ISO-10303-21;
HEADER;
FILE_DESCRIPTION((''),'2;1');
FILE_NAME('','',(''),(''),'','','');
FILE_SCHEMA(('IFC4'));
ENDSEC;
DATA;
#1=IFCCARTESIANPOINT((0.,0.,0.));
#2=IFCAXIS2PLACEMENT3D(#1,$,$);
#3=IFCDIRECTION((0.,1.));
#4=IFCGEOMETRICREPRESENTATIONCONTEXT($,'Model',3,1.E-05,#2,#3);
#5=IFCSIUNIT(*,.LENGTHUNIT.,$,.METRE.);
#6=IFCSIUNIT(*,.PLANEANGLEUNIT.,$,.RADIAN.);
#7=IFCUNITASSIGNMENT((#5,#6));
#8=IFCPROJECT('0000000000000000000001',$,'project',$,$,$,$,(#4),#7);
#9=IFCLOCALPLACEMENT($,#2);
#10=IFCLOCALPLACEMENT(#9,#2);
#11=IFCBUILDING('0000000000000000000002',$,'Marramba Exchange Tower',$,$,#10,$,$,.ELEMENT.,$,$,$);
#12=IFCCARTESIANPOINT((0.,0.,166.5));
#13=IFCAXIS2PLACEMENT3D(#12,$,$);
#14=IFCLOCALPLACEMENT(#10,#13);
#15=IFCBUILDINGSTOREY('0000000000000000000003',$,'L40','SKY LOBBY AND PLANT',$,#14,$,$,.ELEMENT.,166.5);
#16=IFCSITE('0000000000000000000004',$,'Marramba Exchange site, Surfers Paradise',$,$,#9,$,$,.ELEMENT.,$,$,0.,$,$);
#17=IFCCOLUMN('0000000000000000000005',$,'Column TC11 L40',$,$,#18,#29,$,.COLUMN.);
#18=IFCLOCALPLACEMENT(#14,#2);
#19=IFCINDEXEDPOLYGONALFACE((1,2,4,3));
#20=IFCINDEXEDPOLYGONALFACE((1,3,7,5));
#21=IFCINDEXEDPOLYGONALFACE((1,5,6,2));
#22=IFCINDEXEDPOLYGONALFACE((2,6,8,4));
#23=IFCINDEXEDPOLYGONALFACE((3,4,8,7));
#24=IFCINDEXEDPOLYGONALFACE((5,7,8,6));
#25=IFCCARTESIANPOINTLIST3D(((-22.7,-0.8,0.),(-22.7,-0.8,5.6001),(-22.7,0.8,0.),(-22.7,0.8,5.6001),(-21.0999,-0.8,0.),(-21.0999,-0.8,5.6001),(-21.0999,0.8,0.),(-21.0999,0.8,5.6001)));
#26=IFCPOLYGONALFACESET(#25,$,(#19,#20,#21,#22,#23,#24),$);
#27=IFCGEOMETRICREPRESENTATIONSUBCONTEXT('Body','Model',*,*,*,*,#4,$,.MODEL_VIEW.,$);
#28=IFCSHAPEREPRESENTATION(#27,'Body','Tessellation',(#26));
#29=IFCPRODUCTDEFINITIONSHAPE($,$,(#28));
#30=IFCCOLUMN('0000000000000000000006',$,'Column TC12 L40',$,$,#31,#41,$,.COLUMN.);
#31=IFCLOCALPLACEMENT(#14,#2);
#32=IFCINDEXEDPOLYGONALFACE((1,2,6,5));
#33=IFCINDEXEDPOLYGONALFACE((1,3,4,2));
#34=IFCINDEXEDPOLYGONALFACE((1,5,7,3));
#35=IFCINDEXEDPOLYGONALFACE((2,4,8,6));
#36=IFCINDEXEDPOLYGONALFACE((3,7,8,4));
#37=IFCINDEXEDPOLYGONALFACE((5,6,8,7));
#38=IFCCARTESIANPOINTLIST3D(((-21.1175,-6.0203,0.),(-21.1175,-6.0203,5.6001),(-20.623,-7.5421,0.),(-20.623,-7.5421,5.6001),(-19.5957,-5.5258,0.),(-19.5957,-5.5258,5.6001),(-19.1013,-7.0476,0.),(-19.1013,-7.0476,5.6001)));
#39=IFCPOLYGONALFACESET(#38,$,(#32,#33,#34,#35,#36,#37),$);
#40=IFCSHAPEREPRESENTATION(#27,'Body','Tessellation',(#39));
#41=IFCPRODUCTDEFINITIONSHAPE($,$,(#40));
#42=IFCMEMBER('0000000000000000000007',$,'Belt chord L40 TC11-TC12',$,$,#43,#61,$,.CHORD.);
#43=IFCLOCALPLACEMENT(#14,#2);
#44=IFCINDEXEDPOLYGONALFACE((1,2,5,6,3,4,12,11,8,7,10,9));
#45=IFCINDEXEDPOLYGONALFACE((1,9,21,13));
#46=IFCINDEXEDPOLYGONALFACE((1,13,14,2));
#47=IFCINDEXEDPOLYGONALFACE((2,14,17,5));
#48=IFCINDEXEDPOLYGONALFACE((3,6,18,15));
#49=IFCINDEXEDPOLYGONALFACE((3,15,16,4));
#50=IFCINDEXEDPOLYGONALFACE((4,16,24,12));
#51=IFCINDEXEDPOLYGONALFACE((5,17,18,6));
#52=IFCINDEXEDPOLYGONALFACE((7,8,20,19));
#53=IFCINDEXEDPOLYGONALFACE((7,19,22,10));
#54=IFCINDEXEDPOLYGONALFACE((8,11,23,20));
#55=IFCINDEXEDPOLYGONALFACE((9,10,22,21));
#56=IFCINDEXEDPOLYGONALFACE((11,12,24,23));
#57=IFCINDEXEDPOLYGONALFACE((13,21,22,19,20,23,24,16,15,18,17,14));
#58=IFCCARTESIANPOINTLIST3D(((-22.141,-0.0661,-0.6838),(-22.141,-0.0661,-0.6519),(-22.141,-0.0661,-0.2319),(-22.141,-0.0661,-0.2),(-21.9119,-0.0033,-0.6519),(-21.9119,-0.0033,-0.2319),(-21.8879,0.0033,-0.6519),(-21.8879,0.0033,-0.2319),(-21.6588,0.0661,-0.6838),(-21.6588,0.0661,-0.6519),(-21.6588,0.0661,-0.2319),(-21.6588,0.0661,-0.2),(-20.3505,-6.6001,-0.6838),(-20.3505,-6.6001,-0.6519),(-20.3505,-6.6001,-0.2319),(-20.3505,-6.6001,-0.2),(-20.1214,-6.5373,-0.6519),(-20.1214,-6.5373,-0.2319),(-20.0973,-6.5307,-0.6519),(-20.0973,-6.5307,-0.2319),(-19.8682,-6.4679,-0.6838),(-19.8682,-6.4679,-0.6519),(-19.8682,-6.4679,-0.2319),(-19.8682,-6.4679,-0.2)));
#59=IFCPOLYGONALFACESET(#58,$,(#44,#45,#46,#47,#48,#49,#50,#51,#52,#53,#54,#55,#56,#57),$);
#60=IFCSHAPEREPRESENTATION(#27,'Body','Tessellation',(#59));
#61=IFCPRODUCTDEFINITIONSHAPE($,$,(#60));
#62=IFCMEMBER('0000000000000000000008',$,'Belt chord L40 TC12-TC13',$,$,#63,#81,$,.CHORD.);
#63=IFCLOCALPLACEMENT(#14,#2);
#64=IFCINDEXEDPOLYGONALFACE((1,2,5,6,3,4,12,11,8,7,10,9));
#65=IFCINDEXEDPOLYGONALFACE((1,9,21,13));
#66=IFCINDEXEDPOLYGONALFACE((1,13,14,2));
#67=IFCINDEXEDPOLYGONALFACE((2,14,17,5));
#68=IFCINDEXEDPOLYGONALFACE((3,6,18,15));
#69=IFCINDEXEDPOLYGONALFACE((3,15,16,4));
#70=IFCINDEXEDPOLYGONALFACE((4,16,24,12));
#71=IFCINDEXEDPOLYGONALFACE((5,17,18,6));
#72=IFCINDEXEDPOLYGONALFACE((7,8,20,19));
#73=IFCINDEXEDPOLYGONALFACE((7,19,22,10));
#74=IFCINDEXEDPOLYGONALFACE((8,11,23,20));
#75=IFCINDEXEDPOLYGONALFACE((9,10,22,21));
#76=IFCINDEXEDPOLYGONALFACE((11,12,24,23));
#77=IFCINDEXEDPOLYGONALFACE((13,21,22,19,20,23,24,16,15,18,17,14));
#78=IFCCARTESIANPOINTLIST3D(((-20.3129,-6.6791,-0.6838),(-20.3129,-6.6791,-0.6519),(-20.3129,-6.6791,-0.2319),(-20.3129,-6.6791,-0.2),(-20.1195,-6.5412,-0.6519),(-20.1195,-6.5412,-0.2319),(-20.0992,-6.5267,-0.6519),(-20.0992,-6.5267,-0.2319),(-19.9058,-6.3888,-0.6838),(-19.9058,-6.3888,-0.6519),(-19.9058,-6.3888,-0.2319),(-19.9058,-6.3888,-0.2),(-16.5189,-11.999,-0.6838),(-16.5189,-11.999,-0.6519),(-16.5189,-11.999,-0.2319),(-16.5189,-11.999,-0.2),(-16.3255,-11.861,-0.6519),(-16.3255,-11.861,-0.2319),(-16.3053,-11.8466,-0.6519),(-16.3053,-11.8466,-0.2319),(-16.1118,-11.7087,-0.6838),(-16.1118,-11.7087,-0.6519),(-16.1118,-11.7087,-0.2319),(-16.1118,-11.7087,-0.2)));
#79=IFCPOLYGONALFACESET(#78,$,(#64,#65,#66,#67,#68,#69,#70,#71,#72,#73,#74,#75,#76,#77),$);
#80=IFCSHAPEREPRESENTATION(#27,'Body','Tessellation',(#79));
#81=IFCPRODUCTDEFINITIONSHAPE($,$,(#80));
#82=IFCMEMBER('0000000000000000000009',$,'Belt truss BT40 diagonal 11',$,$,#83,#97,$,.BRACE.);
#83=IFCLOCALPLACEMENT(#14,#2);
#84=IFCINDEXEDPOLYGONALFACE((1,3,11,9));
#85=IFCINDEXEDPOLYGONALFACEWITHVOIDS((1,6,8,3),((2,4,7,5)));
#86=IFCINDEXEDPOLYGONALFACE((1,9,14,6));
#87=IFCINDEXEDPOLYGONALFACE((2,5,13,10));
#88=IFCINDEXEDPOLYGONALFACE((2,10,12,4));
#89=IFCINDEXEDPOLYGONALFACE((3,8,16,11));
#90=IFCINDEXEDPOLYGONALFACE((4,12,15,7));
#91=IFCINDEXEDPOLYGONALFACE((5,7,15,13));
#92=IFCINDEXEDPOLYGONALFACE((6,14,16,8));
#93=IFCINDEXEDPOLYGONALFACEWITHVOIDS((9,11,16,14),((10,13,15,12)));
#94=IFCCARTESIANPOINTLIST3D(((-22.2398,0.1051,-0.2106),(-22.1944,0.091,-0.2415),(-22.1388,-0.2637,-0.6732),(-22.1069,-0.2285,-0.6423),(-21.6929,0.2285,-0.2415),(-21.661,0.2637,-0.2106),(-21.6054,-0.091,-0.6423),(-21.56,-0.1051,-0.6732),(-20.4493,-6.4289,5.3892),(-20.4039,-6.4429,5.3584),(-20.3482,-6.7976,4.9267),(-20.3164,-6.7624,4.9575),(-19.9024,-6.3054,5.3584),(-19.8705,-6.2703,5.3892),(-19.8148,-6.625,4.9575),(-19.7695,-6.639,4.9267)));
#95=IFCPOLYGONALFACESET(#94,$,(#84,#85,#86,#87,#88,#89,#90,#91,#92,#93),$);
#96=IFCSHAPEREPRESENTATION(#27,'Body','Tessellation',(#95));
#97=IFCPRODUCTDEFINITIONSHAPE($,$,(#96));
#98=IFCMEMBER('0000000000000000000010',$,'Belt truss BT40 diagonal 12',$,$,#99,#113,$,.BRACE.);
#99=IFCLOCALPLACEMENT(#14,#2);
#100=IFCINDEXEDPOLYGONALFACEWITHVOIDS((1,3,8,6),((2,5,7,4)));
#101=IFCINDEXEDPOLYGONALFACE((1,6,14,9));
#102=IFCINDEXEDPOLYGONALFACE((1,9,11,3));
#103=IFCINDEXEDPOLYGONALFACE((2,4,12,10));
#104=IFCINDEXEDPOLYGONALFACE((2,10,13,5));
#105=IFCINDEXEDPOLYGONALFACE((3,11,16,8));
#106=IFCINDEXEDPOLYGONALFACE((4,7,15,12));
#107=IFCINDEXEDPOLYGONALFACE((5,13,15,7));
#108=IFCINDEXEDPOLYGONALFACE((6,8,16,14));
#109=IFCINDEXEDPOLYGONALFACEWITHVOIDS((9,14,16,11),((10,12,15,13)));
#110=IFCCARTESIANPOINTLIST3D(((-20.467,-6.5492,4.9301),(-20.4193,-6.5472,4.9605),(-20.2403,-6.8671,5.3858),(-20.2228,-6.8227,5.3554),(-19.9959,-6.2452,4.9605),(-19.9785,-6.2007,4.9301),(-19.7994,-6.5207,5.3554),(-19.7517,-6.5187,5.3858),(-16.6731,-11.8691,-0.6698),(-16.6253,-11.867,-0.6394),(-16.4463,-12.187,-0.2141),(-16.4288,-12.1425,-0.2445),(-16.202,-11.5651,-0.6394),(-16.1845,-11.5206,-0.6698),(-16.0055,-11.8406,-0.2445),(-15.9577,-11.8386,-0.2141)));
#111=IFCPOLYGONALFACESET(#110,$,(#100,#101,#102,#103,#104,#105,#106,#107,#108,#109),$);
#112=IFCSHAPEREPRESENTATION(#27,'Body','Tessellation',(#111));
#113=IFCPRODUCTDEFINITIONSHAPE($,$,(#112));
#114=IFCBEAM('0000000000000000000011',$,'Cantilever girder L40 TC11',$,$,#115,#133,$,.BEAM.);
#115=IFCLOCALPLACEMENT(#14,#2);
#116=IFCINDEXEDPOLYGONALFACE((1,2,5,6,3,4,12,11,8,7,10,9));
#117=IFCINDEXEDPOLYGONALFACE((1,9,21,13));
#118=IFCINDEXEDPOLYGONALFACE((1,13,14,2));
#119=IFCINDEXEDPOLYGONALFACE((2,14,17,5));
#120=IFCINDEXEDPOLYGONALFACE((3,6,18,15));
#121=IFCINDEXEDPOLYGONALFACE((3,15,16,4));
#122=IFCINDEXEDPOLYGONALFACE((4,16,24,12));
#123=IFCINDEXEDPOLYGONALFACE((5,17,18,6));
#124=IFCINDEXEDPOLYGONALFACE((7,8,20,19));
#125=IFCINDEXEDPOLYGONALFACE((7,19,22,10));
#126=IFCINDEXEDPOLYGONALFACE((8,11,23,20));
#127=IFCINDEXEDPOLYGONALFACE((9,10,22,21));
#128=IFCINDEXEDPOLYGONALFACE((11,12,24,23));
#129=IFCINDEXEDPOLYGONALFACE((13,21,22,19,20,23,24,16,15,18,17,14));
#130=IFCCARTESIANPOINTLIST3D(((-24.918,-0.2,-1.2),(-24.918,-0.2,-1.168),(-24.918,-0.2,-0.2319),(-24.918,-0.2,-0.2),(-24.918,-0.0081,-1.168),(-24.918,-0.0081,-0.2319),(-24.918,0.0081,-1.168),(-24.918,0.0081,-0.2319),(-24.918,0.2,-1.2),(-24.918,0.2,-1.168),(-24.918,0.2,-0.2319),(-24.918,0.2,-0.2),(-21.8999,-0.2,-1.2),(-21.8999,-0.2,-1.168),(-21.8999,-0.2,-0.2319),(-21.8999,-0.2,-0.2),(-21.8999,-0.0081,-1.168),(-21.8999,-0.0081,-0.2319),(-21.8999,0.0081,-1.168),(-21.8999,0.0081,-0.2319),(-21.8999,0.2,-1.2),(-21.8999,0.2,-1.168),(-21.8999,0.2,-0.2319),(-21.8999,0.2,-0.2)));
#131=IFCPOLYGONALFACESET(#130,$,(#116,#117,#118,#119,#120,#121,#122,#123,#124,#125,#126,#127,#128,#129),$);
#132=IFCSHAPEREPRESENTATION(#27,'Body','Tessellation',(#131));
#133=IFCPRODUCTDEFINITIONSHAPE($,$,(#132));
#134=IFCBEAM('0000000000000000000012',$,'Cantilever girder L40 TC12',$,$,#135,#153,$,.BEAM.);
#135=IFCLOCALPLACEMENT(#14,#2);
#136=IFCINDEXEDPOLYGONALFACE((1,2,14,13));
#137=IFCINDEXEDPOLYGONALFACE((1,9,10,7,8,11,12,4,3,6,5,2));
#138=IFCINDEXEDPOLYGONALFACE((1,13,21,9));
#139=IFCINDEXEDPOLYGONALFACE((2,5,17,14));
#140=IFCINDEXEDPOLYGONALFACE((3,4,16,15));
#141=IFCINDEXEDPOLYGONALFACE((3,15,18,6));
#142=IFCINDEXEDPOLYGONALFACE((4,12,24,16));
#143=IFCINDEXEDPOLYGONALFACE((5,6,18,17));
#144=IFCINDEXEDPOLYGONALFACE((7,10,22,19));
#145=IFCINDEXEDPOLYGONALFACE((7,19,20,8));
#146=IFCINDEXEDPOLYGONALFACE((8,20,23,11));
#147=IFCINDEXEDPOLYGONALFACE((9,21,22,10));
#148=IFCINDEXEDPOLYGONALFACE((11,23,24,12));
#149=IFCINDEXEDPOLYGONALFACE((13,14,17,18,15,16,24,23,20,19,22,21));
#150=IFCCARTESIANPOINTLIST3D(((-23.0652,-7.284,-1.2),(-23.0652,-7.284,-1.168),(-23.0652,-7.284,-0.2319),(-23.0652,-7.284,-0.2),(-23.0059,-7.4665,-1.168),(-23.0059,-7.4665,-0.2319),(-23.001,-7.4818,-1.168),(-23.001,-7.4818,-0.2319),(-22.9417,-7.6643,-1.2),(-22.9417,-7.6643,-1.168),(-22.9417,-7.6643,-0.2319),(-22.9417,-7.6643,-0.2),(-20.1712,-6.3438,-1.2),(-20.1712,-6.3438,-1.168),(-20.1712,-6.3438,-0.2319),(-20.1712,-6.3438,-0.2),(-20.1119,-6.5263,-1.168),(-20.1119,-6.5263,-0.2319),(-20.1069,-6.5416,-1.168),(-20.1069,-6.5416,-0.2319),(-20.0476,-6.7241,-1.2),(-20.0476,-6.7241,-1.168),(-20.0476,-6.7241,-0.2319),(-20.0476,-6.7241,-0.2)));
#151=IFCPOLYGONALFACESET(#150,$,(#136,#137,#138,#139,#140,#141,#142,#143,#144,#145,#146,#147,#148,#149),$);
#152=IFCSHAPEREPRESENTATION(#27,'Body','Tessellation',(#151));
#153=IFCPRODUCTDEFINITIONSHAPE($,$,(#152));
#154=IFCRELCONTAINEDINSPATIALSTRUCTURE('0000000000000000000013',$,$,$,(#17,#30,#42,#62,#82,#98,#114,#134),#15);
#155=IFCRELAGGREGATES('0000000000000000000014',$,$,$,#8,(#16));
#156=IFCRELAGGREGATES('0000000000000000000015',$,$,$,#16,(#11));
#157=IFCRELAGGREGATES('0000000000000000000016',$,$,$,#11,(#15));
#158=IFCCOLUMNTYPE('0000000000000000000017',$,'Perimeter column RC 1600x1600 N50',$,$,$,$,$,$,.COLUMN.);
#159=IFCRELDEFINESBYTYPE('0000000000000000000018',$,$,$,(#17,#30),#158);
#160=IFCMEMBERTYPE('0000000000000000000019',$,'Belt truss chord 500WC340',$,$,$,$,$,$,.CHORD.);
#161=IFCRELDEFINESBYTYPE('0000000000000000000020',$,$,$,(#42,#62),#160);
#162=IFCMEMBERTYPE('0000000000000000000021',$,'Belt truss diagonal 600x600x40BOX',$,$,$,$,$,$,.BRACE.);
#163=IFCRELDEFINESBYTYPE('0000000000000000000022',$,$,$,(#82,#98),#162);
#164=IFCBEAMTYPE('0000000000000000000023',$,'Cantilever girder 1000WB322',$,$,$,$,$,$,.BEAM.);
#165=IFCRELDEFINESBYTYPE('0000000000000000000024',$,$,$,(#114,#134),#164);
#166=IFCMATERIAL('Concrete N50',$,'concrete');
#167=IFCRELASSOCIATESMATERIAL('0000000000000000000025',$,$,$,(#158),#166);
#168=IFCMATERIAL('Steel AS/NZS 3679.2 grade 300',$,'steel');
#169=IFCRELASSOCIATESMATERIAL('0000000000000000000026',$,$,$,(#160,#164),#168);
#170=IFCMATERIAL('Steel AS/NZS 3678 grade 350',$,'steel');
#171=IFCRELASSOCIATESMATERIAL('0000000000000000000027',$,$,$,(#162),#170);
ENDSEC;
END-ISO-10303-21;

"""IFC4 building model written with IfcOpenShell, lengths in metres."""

from ifc_helpers import new_model, si_unit, direction, frame, origin, origin_2d, place, context, subcontext, project, spatial, rectangle, hollow_rectangle, i_section, extrude, material, material_profile, profile_set, type_object, element, save


model = new_model("IFC4")

# Units and contexts
model_context = context("Model", 3, precision=1e-05, world=origin(), true_north=direction((0.0, 1.0)))
body_context = subcontext(model_context, "Body", "Model", "MODEL_VIEW")
ifc_project = project(units=[si_unit("LENGTHUNIT", "METRE"), si_unit("PLANEANGLEUNIT", "RADIAN")], contexts=[model_context])

# Site, building, storey
site_placement = place(None, origin())
site = spatial("IfcSite", under=ifc_project, at=site_placement, Name="Marramba Exchange site, Surfers Paradise", CompositionType="ELEMENT", RefElevation=0.0)
building_placement = place(site_placement, origin())
building = spatial("IfcBuilding", under=site, at=building_placement, Name="Marramba Exchange Tower", CompositionType="ELEMENT")
storey_placement = place(building_placement, frame((0.0, 0.0, 166.5)))
storey = spatial("IfcBuildingStorey", under=building, at=storey_placement, Name="L40", Description="SKY LOBBY AND PLANT", CompositionType="ELEMENT", Elevation=166.5)

# Columns
ifc_material_1 = material(Name="Concrete N50", Category="concrete")
ifc_material_profile_1 = material_profile(ifc_material_1, rectangle(XDim=1.6001, YDim=1.6001, at=origin_2d()), Name="RC 1600x1600")
ifc_profile_set_1 = profile_set([ifc_material_profile_1], Name="Concrete N50")
column_type = type_object("IfcColumnType", Name="Perimeter column RC 1600x1600 N50", PredefinedType="COLUMN", material=ifc_profile_set_1)
for number, where, z_axis, x_axis, name in (
    (1, (-21.8999, 0.0, 0.0), (0.0, 0.0, 1.0), (-1.0, 0.0, 0.0), "Column TC11 L40"),
    (2, (-20.1094, -6.5339, 0.0), (0.0, 0.0, 1.0), (-0.951057, -0.309017, 0.0), "Column TC12 L40"),
):
    element("IfcColumn", number, at=place(storey_placement, frame(where, z_axis=z_axis, x_axis=x_axis)), inside=storey, type_object=column_type, Name=name, PredefinedType="COLUMN", context=body_context, shape_type="SweptSolid", body=[
        extrude(rectangle(XDim=1.6001, YDim=1.6001, at=origin_2d()), origin(), (0.0, 0.0, 1.0), 5.6001),
    ])

# Members
ifc_material_2 = material(Name="Steel AS/NZS 3679.2 grade 300", Category="steel")
ifc_material_profile_2 = material_profile(ifc_material_2, i_section(OverallWidth=0.5, OverallDepth=0.4839, WebThickness=0.0249, FlangeThickness=0.032, at=origin_2d()), Name="500WC340")
ifc_profile_set_2 = profile_set([ifc_material_profile_2], Name="Steel AS/NZS 3679.2 grade 300")
member_type_1 = type_object("IfcMemberType", Name="Belt truss chord 500WC340", PredefinedType="CHORD", material=ifc_profile_set_2)
member_1_placement = place(storey_placement, frame((-21.8999, 0.0, -0.4419), z_axis=(0.264291, -0.964443, 0.0), x_axis=(0.964443, 0.264291, 0.0)))
element("IfcMember", 3, at=member_1_placement, inside=storey, type_object=member_type_1, Name="Belt chord L40 TC11-TC12", PredefinedType="CHORD", context=body_context, shape_type="SweptSolid", body=[
    extrude(i_section(OverallWidth=0.5, OverallDepth=0.4839, WebThickness=0.0249, FlangeThickness=0.032, at=origin_2d()), origin(), (0.0, 0.0, 1.0), 6.7749),
])
member_2_placement = place(storey_placement, frame((-20.1094, -6.5339, -0.4419), z_axis=(0.580637, -0.814162, 0.0), x_axis=(0.814162, 0.580637, 0.0)))
element("IfcMember", 4, at=member_2_placement, inside=storey, type_object=member_type_1, Name="Belt chord L40 TC12-TC13", PredefinedType="CHORD", context=body_context, shape_type="SweptSolid", body=[
    extrude(i_section(OverallWidth=0.5, OverallDepth=0.4839, WebThickness=0.0249, FlangeThickness=0.032, at=origin_2d()), origin(), (0.0, 0.0, 1.0), 6.5342),
])
ifc_material_3 = material(Name="Steel AS/NZS 3678 grade 350", Category="steel")
ifc_material_profile_3 = material_profile(ifc_material_3, hollow_rectangle(XDim=0.6001, YDim=0.6001, WallThickness=0.04, at=origin_2d()), Name="600x600x40BOX")
ifc_profile_set_3 = profile_set([ifc_material_profile_3], Name="Steel AS/NZS 3678 grade 350")
member_type_2 = type_object("IfcMemberType", Name="Belt truss diagonal 600x600x40BOX", PredefinedType="BRACE", material=ifc_profile_set_3)
member_3_placement = place(storey_placement, frame((-21.8999, 0.0, -0.4419), z_axis=(0.20371, -0.743373, 0.637102), x_axis=(0.964443, 0.264291, 0.0)))
element("IfcMember", 5, at=member_3_placement, inside=storey, type_object=member_type_2, Name="Belt truss BT40 diagonal 11", PredefinedType="BRACE", context=body_context, shape_type="SweptSolid", body=[
    extrude(hollow_rectangle(XDim=0.6001, YDim=0.6001, WallThickness=0.04, at=origin_2d()), origin(), (0.0, 0.0, 1.0), 8.7896),
])
member_4_placement = place(storey_placement, frame((-20.1094, -6.5339, 5.158), z_axis=(0.44088, -0.618196, -0.650737), x_axis=(0.814162, 0.580637, 0.0)))
element("IfcMember", 6, at=member_4_placement, inside=storey, type_object=member_type_2, Name="Belt truss BT40 diagonal 12", PredefinedType="BRACE", context=body_context, shape_type="SweptSolid", body=[
    extrude(hollow_rectangle(XDim=0.6001, YDim=0.6001, WallThickness=0.04, at=origin_2d()), origin(), (0.0, 0.0, 1.0), 8.6055),
])

# Beams
ifc_material_profile_4 = material_profile(ifc_material_2, i_section(OverallWidth=0.3999, OverallDepth=1.0, WebThickness=0.0161, FlangeThickness=0.032, at=origin_2d()), Name="1000WB322")
ifc_profile_set_4 = profile_set([ifc_material_profile_4], Name="Steel AS/NZS 3679.2 grade 300")
beam_type_1 = type_object("IfcBeamType", Name="Cantilever girder 1000WB322", PredefinedType="BEAM", material=ifc_profile_set_4)
beam_1_placement = place(storey_placement, frame((-21.8999, 0.0, -0.7), z_axis=(-1.0, 0.0, 0.0), x_axis=(0.0, -1.0, 0.0)))
element("IfcBeam", 7, at=beam_1_placement, inside=storey, type_object=beam_type_1, Name="Cantilever girder L40 TC11", PredefinedType="BEAM", context=body_context, shape_type="SweptSolid", body=[
    extrude(i_section(OverallWidth=0.3999, OverallDepth=1.0, WebThickness=0.0161, FlangeThickness=0.032, at=origin_2d()), origin(), (0.0, 0.0, 1.0), 3.0181),
])
beam_2_placement = place(storey_placement, frame((-20.1094, -6.5339, -0.7), z_axis=(-0.951071, -0.308974, 0.0), x_axis=(0.308974, -0.951071, 0.0)))
element("IfcBeam", 8, at=beam_2_placement, inside=storey, type_object=beam_type_1, Name="Cantilever girder L40 TC12", PredefinedType="BEAM", context=body_context, shape_type="SweptSolid", body=[
    extrude(i_section(OverallWidth=0.3999, OverallDepth=1.0, WebThickness=0.0161, FlangeThickness=0.032, at=origin_2d()), origin(), (0.0, 0.0, 1.0), 3.043),
])

save(model, "model.ifc")
